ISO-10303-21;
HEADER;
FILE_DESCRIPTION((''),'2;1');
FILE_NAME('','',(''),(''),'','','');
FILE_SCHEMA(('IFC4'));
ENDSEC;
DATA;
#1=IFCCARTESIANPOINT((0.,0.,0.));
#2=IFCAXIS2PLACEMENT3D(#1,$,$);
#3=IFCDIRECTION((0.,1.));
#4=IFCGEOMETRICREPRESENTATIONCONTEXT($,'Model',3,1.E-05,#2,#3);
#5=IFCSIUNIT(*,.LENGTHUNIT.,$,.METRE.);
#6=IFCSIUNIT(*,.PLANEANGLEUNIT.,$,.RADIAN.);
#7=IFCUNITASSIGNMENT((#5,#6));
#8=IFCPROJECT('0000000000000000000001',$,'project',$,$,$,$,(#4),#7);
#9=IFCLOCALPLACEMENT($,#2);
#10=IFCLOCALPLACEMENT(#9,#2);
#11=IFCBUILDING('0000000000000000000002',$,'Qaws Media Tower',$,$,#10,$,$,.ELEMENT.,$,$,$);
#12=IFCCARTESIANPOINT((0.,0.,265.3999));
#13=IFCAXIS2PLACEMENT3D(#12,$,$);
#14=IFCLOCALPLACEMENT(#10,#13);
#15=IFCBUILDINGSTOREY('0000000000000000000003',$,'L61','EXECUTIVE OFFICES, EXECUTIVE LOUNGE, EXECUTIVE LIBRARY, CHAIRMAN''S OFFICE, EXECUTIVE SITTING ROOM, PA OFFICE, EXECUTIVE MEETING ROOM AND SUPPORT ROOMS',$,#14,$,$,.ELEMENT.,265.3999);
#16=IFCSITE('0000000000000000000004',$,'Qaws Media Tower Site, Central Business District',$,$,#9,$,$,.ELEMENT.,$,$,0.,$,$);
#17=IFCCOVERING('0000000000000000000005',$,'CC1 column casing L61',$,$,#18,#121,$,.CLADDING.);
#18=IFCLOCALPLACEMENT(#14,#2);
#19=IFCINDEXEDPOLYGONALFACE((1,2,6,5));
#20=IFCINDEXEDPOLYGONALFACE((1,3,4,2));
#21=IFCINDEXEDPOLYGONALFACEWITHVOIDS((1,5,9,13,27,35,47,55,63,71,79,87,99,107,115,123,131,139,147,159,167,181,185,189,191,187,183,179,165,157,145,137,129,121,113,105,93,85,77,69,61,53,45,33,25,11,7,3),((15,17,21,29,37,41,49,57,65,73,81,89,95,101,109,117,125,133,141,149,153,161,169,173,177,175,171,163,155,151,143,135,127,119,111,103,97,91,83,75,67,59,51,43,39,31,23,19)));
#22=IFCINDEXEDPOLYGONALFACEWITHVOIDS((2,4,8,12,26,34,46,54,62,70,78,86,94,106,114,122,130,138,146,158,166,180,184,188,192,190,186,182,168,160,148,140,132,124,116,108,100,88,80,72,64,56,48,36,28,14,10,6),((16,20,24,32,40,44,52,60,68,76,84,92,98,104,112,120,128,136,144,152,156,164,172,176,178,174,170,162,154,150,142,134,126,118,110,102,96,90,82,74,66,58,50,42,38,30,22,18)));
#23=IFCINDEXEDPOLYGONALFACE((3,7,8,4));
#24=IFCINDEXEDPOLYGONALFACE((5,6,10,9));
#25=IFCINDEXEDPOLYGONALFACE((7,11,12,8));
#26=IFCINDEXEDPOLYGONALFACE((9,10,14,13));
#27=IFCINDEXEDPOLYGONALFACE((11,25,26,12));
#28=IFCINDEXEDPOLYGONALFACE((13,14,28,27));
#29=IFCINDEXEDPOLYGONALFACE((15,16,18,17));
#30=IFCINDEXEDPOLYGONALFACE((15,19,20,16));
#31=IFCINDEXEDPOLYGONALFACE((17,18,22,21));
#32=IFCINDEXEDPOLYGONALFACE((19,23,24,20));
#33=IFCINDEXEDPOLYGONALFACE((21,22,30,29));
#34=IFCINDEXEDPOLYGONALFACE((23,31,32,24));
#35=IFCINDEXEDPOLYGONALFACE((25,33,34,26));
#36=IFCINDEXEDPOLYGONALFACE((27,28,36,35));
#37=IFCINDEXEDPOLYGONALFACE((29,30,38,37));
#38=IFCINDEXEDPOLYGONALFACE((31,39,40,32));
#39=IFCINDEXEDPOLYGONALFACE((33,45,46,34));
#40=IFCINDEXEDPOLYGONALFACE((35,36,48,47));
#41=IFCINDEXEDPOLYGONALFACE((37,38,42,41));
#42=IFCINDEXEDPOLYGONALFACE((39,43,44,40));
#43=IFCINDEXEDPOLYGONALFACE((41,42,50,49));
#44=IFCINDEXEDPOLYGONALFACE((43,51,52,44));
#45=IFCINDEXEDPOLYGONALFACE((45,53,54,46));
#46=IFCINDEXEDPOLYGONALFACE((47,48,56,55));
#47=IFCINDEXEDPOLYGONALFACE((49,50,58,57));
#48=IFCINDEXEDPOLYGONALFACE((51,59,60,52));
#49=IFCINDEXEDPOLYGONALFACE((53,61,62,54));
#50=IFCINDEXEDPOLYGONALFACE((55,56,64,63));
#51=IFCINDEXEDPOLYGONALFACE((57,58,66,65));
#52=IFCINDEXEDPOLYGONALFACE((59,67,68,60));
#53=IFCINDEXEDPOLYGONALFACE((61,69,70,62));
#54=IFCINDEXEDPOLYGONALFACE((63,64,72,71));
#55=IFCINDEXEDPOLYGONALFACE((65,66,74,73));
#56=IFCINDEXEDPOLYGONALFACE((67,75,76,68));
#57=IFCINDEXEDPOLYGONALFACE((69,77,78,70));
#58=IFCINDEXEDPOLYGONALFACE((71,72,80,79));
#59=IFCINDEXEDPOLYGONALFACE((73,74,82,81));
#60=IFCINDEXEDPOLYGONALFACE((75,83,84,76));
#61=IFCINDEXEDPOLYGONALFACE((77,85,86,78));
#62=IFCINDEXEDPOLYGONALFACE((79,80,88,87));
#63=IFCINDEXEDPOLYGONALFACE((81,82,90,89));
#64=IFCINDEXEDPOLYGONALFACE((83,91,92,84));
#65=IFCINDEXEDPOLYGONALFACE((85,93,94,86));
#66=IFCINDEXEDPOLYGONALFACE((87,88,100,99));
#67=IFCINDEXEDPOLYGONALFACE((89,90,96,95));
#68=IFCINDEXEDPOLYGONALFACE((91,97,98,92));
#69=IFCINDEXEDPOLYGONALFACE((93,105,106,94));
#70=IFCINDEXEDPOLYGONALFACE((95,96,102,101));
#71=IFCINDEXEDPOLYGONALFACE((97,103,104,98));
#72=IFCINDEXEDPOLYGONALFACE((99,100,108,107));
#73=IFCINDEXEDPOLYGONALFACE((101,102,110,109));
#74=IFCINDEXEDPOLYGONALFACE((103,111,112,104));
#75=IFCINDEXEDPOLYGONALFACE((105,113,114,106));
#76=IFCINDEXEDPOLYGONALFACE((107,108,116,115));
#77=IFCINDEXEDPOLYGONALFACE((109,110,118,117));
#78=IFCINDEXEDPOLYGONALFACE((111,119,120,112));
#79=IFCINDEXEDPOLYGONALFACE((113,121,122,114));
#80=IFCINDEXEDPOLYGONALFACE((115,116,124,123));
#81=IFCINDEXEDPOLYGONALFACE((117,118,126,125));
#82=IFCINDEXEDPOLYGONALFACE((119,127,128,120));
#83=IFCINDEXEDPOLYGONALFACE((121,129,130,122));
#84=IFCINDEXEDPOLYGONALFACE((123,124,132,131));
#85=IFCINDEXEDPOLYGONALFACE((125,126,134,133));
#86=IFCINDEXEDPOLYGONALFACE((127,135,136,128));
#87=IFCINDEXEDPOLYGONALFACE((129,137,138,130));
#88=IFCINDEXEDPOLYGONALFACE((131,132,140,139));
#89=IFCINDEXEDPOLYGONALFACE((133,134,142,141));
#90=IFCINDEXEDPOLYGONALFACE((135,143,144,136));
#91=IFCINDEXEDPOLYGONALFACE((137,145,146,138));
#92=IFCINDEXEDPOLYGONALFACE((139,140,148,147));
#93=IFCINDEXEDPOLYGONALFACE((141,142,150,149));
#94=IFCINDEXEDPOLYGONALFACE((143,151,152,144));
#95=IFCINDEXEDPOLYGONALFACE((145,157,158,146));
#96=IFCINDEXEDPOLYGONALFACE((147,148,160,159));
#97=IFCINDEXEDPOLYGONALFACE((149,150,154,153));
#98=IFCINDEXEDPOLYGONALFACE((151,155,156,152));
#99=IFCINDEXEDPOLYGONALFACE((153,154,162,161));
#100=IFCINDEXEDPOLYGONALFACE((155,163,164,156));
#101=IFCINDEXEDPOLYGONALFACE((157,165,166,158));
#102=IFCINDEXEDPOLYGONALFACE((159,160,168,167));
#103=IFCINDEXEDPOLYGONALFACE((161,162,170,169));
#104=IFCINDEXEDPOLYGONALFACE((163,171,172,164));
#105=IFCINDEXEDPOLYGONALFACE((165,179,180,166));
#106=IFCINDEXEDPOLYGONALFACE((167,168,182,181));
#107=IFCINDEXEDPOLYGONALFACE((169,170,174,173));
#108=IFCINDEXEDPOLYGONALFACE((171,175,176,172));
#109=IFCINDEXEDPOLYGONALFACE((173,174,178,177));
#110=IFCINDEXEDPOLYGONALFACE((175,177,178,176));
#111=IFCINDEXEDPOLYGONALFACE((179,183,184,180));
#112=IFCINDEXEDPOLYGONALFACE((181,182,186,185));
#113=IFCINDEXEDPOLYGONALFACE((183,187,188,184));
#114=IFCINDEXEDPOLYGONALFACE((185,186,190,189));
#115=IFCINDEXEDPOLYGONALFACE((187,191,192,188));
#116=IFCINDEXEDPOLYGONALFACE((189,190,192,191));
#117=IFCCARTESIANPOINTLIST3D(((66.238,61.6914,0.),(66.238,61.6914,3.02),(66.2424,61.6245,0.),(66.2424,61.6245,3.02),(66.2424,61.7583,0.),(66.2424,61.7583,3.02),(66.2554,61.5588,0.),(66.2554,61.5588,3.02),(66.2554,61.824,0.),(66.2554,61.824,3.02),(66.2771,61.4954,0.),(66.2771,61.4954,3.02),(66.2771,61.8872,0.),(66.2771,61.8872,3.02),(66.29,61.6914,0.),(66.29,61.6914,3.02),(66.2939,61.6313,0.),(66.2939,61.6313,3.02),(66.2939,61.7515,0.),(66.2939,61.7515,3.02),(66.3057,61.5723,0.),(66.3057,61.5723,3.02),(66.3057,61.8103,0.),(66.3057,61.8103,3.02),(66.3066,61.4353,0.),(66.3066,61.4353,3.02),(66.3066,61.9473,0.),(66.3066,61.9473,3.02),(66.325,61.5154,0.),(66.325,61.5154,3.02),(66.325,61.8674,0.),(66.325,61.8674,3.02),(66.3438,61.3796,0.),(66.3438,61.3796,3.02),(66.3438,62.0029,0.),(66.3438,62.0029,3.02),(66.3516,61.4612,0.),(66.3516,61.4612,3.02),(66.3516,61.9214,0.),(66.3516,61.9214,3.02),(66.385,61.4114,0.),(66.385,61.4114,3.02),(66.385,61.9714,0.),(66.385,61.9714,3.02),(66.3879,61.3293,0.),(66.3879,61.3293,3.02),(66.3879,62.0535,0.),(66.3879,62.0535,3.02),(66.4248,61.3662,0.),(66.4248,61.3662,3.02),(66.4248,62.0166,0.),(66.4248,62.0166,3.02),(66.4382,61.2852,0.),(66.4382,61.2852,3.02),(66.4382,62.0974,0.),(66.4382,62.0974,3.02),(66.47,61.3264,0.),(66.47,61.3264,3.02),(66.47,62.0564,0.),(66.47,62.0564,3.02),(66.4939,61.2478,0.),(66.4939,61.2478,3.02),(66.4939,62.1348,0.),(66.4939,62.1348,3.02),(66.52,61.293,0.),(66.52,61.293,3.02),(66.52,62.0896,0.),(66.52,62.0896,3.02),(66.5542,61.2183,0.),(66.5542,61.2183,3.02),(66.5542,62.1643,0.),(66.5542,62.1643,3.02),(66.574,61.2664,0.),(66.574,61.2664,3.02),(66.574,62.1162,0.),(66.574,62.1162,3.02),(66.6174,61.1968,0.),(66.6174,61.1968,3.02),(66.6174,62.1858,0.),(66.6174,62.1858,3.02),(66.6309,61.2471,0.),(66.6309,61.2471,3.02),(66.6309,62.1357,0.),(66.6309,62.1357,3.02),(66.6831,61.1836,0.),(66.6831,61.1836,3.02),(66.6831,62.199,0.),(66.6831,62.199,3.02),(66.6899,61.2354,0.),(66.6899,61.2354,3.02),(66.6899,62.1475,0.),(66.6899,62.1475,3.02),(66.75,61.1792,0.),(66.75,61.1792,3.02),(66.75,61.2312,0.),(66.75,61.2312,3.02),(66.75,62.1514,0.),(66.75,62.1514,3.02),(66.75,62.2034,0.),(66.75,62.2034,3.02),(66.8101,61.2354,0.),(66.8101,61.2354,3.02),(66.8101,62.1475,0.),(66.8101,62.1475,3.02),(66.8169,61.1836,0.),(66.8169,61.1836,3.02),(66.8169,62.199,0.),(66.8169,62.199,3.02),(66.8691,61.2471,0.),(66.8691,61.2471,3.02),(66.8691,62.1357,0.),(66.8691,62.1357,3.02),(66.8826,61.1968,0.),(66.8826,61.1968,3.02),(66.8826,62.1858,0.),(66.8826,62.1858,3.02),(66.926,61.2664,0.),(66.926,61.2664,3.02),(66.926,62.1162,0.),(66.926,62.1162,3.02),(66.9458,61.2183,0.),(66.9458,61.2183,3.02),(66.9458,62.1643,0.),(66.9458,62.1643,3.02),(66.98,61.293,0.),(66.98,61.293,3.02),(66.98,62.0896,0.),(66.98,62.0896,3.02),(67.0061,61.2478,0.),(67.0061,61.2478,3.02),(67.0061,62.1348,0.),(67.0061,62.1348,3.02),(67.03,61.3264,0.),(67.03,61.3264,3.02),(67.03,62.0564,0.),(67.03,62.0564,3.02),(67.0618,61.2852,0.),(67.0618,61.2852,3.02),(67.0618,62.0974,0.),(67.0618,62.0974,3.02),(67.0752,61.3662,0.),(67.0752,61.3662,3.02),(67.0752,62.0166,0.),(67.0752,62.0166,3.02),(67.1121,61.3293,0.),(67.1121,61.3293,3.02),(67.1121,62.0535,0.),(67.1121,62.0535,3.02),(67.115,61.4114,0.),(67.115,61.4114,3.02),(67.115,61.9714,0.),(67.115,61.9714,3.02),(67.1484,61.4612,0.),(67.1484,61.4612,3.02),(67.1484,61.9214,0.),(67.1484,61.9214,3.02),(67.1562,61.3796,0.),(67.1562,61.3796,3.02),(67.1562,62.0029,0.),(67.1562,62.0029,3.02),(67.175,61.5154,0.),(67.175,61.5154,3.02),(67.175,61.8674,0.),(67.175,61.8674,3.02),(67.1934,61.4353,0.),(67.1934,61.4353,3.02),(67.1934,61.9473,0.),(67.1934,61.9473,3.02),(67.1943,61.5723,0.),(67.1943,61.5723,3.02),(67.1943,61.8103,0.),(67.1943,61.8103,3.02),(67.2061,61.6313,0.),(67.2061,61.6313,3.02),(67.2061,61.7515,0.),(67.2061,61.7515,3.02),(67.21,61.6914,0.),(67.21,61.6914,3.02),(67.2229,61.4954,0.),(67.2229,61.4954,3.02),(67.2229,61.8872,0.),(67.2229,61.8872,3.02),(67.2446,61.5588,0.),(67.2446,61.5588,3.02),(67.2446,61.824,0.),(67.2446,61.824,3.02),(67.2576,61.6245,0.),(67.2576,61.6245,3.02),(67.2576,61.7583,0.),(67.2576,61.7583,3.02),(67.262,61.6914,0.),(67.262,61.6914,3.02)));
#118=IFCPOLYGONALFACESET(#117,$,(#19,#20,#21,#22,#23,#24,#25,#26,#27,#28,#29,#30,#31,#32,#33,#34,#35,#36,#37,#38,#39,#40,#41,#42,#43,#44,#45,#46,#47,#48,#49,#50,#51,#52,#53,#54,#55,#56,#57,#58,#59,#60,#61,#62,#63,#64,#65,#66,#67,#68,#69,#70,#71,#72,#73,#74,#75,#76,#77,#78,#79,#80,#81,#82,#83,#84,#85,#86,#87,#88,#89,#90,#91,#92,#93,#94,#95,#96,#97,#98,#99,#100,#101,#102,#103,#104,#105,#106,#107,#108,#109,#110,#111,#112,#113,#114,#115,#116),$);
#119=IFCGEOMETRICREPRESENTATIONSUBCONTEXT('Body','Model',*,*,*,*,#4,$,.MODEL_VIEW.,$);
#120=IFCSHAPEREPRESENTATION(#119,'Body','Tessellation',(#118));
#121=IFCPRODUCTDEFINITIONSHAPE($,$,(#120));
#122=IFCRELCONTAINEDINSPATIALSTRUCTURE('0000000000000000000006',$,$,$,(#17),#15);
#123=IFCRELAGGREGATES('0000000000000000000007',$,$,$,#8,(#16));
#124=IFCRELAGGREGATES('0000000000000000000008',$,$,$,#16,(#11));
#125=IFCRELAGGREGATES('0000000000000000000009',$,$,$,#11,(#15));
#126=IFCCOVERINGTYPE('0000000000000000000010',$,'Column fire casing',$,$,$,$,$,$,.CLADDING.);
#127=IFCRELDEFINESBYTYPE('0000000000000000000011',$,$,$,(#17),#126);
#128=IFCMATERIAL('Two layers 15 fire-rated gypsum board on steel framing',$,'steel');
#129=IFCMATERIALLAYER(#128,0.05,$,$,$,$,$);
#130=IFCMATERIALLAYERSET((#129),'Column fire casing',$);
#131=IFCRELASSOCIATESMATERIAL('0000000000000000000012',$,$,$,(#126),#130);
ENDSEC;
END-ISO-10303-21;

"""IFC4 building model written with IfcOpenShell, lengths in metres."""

from ifc_helpers import new_model, si_unit, direction, frame, origin, place, context, subcontext, project, spatial, polyline, outline, extrude, material, layer, layer_set, type_object, element, save


model = new_model("IFC4")

# Units and contexts
model_context = context("Model", 3, precision=1e-05, world=origin(), true_north=direction((0.0, 1.0)))
body_context = subcontext(model_context, "Body", "Model", "MODEL_VIEW")
ifc_project = project(units=[si_unit("LENGTHUNIT", "METRE"), si_unit("PLANEANGLEUNIT", "RADIAN")], contexts=[model_context])

# Site, building, storey
site_placement = place(None, origin())
site = spatial("IfcSite", under=ifc_project, at=site_placement, Name="Qaws Media Tower Site, Central Business District", CompositionType="ELEMENT", RefElevation=0.0)
building_placement = place(site_placement, origin())
building = spatial("IfcBuilding", under=site, at=building_placement, Name="Qaws Media Tower", CompositionType="ELEMENT")
storey_placement = place(building_placement, frame((0.0, 0.0, 265.3999)))
storey = spatial("IfcBuildingStorey", under=building, at=storey_placement, Name="L61", Description="EXECUTIVE OFFICES, EXECUTIVE LOUNGE, EXECUTIVE LIBRARY, CHAIRMAN'S OFFICE, EXECUTIVE SITTING ROOM, PA OFFICE, EXECUTIVE MEETING ROOM AND SUPPORT ROOMS", CompositionType="ELEMENT", Elevation=265.3999)

# Covering
ifc_material_1 = material(Name="Two layers 15 fire-rated gypsum board on steel framing", Category="steel")
ifc_layer_1 = layer(ifc_material_1, 0.05)
ifc_layer_set_1 = layer_set([ifc_layer_1], Name="Column fire casing")
covering_type = type_object("IfcCoveringType", Name="Column fire casing", PredefinedType="CLADDING", material=ifc_layer_set_1)
covering_1_placement = place(storey_placement, origin())
element("IfcCovering", 1, at=covering_1_placement, inside=storey, type_object=covering_type, Name="CC1 column casing L61", PredefinedType="CLADDING", context=body_context, shape_type="SweptSolid", body=[
    extrude(outline(polyline([(67.262, 61.6914), (67.2576, 61.6245), (67.2446, 61.5588), (67.2229, 61.4954), (67.1934, 61.4353), (67.1562, 61.3796), (67.1121, 61.3293), (67.0618, 61.2852), (67.0061, 61.2478), (66.9458, 61.2183), (66.8826, 61.1968), (66.8169, 61.1836), (66.75, 61.1792), (66.6831, 61.1836), (66.6174, 61.1968), (66.5542, 61.2183), (66.4939, 61.2478), (66.4382, 61.2852), (66.3879, 61.3293), (66.3438, 61.3796), (66.3066, 61.4353), (66.2771, 61.4954), (66.2554, 61.5588), (66.2424, 61.6245), (66.238, 61.6914), (66.2424, 61.7583), (66.2554, 61.824), (66.2771, 61.8872), (66.3066, 61.9473), (66.3438, 62.0029), (66.3879, 62.0535), (66.4382, 62.0974), (66.4939, 62.1348), (66.5542, 62.1643), (66.6174, 62.1858), (66.6831, 62.199), (66.75, 62.2034), (66.8169, 62.199), (66.8826, 62.1858), (66.9458, 62.1643), (67.0061, 62.1348), (67.0618, 62.0974), (67.1121, 62.0535), (67.1562, 62.0029), (67.1934, 61.9473), (67.2229, 61.8872), (67.2446, 61.824), (67.2576, 61.7583), (67.262, 61.6914)]), holes=[polyline([(67.21, 61.6914), (67.2061, 61.6313), (67.1943, 61.5723), (67.175, 61.5154), (67.1484, 61.4612), (67.115, 61.4114), (67.0752, 61.3662), (67.03, 61.3264), (66.98, 61.293), (66.926, 61.2664), (66.8691, 61.2471), (66.8101, 61.2354), (66.75, 61.2312), (66.6899, 61.2354), (66.6309, 61.2471), (66.574, 61.2664), (66.52, 61.293), (66.47, 61.3264), (66.4248, 61.3662), (66.385, 61.4114), (66.3516, 61.4612), (66.325, 61.5154), (66.3057, 61.5723), (66.2939, 61.6313), (66.29, 61.6914), (66.2939, 61.7515), (66.3057, 61.8103), (66.325, 61.8674), (66.3516, 61.9214), (66.385, 61.9714), (66.4248, 62.0166), (66.47, 62.0564), (66.52, 62.0896), (66.574, 62.1162), (66.6309, 62.1357), (66.6899, 62.1475), (66.75, 62.1514), (66.8101, 62.1475), (66.8691, 62.1357), (66.926, 62.1162), (66.98, 62.0896), (67.03, 62.0564), (67.0752, 62.0166), (67.115, 61.9714), (67.1484, 61.9214), (67.175, 61.8674), (67.1943, 61.8103), (67.2061, 61.7515), (67.21, 61.6914)])]), origin(), (0.0, 0.0, 1.0), 3.02),
])

save(model, "model.ifc")
